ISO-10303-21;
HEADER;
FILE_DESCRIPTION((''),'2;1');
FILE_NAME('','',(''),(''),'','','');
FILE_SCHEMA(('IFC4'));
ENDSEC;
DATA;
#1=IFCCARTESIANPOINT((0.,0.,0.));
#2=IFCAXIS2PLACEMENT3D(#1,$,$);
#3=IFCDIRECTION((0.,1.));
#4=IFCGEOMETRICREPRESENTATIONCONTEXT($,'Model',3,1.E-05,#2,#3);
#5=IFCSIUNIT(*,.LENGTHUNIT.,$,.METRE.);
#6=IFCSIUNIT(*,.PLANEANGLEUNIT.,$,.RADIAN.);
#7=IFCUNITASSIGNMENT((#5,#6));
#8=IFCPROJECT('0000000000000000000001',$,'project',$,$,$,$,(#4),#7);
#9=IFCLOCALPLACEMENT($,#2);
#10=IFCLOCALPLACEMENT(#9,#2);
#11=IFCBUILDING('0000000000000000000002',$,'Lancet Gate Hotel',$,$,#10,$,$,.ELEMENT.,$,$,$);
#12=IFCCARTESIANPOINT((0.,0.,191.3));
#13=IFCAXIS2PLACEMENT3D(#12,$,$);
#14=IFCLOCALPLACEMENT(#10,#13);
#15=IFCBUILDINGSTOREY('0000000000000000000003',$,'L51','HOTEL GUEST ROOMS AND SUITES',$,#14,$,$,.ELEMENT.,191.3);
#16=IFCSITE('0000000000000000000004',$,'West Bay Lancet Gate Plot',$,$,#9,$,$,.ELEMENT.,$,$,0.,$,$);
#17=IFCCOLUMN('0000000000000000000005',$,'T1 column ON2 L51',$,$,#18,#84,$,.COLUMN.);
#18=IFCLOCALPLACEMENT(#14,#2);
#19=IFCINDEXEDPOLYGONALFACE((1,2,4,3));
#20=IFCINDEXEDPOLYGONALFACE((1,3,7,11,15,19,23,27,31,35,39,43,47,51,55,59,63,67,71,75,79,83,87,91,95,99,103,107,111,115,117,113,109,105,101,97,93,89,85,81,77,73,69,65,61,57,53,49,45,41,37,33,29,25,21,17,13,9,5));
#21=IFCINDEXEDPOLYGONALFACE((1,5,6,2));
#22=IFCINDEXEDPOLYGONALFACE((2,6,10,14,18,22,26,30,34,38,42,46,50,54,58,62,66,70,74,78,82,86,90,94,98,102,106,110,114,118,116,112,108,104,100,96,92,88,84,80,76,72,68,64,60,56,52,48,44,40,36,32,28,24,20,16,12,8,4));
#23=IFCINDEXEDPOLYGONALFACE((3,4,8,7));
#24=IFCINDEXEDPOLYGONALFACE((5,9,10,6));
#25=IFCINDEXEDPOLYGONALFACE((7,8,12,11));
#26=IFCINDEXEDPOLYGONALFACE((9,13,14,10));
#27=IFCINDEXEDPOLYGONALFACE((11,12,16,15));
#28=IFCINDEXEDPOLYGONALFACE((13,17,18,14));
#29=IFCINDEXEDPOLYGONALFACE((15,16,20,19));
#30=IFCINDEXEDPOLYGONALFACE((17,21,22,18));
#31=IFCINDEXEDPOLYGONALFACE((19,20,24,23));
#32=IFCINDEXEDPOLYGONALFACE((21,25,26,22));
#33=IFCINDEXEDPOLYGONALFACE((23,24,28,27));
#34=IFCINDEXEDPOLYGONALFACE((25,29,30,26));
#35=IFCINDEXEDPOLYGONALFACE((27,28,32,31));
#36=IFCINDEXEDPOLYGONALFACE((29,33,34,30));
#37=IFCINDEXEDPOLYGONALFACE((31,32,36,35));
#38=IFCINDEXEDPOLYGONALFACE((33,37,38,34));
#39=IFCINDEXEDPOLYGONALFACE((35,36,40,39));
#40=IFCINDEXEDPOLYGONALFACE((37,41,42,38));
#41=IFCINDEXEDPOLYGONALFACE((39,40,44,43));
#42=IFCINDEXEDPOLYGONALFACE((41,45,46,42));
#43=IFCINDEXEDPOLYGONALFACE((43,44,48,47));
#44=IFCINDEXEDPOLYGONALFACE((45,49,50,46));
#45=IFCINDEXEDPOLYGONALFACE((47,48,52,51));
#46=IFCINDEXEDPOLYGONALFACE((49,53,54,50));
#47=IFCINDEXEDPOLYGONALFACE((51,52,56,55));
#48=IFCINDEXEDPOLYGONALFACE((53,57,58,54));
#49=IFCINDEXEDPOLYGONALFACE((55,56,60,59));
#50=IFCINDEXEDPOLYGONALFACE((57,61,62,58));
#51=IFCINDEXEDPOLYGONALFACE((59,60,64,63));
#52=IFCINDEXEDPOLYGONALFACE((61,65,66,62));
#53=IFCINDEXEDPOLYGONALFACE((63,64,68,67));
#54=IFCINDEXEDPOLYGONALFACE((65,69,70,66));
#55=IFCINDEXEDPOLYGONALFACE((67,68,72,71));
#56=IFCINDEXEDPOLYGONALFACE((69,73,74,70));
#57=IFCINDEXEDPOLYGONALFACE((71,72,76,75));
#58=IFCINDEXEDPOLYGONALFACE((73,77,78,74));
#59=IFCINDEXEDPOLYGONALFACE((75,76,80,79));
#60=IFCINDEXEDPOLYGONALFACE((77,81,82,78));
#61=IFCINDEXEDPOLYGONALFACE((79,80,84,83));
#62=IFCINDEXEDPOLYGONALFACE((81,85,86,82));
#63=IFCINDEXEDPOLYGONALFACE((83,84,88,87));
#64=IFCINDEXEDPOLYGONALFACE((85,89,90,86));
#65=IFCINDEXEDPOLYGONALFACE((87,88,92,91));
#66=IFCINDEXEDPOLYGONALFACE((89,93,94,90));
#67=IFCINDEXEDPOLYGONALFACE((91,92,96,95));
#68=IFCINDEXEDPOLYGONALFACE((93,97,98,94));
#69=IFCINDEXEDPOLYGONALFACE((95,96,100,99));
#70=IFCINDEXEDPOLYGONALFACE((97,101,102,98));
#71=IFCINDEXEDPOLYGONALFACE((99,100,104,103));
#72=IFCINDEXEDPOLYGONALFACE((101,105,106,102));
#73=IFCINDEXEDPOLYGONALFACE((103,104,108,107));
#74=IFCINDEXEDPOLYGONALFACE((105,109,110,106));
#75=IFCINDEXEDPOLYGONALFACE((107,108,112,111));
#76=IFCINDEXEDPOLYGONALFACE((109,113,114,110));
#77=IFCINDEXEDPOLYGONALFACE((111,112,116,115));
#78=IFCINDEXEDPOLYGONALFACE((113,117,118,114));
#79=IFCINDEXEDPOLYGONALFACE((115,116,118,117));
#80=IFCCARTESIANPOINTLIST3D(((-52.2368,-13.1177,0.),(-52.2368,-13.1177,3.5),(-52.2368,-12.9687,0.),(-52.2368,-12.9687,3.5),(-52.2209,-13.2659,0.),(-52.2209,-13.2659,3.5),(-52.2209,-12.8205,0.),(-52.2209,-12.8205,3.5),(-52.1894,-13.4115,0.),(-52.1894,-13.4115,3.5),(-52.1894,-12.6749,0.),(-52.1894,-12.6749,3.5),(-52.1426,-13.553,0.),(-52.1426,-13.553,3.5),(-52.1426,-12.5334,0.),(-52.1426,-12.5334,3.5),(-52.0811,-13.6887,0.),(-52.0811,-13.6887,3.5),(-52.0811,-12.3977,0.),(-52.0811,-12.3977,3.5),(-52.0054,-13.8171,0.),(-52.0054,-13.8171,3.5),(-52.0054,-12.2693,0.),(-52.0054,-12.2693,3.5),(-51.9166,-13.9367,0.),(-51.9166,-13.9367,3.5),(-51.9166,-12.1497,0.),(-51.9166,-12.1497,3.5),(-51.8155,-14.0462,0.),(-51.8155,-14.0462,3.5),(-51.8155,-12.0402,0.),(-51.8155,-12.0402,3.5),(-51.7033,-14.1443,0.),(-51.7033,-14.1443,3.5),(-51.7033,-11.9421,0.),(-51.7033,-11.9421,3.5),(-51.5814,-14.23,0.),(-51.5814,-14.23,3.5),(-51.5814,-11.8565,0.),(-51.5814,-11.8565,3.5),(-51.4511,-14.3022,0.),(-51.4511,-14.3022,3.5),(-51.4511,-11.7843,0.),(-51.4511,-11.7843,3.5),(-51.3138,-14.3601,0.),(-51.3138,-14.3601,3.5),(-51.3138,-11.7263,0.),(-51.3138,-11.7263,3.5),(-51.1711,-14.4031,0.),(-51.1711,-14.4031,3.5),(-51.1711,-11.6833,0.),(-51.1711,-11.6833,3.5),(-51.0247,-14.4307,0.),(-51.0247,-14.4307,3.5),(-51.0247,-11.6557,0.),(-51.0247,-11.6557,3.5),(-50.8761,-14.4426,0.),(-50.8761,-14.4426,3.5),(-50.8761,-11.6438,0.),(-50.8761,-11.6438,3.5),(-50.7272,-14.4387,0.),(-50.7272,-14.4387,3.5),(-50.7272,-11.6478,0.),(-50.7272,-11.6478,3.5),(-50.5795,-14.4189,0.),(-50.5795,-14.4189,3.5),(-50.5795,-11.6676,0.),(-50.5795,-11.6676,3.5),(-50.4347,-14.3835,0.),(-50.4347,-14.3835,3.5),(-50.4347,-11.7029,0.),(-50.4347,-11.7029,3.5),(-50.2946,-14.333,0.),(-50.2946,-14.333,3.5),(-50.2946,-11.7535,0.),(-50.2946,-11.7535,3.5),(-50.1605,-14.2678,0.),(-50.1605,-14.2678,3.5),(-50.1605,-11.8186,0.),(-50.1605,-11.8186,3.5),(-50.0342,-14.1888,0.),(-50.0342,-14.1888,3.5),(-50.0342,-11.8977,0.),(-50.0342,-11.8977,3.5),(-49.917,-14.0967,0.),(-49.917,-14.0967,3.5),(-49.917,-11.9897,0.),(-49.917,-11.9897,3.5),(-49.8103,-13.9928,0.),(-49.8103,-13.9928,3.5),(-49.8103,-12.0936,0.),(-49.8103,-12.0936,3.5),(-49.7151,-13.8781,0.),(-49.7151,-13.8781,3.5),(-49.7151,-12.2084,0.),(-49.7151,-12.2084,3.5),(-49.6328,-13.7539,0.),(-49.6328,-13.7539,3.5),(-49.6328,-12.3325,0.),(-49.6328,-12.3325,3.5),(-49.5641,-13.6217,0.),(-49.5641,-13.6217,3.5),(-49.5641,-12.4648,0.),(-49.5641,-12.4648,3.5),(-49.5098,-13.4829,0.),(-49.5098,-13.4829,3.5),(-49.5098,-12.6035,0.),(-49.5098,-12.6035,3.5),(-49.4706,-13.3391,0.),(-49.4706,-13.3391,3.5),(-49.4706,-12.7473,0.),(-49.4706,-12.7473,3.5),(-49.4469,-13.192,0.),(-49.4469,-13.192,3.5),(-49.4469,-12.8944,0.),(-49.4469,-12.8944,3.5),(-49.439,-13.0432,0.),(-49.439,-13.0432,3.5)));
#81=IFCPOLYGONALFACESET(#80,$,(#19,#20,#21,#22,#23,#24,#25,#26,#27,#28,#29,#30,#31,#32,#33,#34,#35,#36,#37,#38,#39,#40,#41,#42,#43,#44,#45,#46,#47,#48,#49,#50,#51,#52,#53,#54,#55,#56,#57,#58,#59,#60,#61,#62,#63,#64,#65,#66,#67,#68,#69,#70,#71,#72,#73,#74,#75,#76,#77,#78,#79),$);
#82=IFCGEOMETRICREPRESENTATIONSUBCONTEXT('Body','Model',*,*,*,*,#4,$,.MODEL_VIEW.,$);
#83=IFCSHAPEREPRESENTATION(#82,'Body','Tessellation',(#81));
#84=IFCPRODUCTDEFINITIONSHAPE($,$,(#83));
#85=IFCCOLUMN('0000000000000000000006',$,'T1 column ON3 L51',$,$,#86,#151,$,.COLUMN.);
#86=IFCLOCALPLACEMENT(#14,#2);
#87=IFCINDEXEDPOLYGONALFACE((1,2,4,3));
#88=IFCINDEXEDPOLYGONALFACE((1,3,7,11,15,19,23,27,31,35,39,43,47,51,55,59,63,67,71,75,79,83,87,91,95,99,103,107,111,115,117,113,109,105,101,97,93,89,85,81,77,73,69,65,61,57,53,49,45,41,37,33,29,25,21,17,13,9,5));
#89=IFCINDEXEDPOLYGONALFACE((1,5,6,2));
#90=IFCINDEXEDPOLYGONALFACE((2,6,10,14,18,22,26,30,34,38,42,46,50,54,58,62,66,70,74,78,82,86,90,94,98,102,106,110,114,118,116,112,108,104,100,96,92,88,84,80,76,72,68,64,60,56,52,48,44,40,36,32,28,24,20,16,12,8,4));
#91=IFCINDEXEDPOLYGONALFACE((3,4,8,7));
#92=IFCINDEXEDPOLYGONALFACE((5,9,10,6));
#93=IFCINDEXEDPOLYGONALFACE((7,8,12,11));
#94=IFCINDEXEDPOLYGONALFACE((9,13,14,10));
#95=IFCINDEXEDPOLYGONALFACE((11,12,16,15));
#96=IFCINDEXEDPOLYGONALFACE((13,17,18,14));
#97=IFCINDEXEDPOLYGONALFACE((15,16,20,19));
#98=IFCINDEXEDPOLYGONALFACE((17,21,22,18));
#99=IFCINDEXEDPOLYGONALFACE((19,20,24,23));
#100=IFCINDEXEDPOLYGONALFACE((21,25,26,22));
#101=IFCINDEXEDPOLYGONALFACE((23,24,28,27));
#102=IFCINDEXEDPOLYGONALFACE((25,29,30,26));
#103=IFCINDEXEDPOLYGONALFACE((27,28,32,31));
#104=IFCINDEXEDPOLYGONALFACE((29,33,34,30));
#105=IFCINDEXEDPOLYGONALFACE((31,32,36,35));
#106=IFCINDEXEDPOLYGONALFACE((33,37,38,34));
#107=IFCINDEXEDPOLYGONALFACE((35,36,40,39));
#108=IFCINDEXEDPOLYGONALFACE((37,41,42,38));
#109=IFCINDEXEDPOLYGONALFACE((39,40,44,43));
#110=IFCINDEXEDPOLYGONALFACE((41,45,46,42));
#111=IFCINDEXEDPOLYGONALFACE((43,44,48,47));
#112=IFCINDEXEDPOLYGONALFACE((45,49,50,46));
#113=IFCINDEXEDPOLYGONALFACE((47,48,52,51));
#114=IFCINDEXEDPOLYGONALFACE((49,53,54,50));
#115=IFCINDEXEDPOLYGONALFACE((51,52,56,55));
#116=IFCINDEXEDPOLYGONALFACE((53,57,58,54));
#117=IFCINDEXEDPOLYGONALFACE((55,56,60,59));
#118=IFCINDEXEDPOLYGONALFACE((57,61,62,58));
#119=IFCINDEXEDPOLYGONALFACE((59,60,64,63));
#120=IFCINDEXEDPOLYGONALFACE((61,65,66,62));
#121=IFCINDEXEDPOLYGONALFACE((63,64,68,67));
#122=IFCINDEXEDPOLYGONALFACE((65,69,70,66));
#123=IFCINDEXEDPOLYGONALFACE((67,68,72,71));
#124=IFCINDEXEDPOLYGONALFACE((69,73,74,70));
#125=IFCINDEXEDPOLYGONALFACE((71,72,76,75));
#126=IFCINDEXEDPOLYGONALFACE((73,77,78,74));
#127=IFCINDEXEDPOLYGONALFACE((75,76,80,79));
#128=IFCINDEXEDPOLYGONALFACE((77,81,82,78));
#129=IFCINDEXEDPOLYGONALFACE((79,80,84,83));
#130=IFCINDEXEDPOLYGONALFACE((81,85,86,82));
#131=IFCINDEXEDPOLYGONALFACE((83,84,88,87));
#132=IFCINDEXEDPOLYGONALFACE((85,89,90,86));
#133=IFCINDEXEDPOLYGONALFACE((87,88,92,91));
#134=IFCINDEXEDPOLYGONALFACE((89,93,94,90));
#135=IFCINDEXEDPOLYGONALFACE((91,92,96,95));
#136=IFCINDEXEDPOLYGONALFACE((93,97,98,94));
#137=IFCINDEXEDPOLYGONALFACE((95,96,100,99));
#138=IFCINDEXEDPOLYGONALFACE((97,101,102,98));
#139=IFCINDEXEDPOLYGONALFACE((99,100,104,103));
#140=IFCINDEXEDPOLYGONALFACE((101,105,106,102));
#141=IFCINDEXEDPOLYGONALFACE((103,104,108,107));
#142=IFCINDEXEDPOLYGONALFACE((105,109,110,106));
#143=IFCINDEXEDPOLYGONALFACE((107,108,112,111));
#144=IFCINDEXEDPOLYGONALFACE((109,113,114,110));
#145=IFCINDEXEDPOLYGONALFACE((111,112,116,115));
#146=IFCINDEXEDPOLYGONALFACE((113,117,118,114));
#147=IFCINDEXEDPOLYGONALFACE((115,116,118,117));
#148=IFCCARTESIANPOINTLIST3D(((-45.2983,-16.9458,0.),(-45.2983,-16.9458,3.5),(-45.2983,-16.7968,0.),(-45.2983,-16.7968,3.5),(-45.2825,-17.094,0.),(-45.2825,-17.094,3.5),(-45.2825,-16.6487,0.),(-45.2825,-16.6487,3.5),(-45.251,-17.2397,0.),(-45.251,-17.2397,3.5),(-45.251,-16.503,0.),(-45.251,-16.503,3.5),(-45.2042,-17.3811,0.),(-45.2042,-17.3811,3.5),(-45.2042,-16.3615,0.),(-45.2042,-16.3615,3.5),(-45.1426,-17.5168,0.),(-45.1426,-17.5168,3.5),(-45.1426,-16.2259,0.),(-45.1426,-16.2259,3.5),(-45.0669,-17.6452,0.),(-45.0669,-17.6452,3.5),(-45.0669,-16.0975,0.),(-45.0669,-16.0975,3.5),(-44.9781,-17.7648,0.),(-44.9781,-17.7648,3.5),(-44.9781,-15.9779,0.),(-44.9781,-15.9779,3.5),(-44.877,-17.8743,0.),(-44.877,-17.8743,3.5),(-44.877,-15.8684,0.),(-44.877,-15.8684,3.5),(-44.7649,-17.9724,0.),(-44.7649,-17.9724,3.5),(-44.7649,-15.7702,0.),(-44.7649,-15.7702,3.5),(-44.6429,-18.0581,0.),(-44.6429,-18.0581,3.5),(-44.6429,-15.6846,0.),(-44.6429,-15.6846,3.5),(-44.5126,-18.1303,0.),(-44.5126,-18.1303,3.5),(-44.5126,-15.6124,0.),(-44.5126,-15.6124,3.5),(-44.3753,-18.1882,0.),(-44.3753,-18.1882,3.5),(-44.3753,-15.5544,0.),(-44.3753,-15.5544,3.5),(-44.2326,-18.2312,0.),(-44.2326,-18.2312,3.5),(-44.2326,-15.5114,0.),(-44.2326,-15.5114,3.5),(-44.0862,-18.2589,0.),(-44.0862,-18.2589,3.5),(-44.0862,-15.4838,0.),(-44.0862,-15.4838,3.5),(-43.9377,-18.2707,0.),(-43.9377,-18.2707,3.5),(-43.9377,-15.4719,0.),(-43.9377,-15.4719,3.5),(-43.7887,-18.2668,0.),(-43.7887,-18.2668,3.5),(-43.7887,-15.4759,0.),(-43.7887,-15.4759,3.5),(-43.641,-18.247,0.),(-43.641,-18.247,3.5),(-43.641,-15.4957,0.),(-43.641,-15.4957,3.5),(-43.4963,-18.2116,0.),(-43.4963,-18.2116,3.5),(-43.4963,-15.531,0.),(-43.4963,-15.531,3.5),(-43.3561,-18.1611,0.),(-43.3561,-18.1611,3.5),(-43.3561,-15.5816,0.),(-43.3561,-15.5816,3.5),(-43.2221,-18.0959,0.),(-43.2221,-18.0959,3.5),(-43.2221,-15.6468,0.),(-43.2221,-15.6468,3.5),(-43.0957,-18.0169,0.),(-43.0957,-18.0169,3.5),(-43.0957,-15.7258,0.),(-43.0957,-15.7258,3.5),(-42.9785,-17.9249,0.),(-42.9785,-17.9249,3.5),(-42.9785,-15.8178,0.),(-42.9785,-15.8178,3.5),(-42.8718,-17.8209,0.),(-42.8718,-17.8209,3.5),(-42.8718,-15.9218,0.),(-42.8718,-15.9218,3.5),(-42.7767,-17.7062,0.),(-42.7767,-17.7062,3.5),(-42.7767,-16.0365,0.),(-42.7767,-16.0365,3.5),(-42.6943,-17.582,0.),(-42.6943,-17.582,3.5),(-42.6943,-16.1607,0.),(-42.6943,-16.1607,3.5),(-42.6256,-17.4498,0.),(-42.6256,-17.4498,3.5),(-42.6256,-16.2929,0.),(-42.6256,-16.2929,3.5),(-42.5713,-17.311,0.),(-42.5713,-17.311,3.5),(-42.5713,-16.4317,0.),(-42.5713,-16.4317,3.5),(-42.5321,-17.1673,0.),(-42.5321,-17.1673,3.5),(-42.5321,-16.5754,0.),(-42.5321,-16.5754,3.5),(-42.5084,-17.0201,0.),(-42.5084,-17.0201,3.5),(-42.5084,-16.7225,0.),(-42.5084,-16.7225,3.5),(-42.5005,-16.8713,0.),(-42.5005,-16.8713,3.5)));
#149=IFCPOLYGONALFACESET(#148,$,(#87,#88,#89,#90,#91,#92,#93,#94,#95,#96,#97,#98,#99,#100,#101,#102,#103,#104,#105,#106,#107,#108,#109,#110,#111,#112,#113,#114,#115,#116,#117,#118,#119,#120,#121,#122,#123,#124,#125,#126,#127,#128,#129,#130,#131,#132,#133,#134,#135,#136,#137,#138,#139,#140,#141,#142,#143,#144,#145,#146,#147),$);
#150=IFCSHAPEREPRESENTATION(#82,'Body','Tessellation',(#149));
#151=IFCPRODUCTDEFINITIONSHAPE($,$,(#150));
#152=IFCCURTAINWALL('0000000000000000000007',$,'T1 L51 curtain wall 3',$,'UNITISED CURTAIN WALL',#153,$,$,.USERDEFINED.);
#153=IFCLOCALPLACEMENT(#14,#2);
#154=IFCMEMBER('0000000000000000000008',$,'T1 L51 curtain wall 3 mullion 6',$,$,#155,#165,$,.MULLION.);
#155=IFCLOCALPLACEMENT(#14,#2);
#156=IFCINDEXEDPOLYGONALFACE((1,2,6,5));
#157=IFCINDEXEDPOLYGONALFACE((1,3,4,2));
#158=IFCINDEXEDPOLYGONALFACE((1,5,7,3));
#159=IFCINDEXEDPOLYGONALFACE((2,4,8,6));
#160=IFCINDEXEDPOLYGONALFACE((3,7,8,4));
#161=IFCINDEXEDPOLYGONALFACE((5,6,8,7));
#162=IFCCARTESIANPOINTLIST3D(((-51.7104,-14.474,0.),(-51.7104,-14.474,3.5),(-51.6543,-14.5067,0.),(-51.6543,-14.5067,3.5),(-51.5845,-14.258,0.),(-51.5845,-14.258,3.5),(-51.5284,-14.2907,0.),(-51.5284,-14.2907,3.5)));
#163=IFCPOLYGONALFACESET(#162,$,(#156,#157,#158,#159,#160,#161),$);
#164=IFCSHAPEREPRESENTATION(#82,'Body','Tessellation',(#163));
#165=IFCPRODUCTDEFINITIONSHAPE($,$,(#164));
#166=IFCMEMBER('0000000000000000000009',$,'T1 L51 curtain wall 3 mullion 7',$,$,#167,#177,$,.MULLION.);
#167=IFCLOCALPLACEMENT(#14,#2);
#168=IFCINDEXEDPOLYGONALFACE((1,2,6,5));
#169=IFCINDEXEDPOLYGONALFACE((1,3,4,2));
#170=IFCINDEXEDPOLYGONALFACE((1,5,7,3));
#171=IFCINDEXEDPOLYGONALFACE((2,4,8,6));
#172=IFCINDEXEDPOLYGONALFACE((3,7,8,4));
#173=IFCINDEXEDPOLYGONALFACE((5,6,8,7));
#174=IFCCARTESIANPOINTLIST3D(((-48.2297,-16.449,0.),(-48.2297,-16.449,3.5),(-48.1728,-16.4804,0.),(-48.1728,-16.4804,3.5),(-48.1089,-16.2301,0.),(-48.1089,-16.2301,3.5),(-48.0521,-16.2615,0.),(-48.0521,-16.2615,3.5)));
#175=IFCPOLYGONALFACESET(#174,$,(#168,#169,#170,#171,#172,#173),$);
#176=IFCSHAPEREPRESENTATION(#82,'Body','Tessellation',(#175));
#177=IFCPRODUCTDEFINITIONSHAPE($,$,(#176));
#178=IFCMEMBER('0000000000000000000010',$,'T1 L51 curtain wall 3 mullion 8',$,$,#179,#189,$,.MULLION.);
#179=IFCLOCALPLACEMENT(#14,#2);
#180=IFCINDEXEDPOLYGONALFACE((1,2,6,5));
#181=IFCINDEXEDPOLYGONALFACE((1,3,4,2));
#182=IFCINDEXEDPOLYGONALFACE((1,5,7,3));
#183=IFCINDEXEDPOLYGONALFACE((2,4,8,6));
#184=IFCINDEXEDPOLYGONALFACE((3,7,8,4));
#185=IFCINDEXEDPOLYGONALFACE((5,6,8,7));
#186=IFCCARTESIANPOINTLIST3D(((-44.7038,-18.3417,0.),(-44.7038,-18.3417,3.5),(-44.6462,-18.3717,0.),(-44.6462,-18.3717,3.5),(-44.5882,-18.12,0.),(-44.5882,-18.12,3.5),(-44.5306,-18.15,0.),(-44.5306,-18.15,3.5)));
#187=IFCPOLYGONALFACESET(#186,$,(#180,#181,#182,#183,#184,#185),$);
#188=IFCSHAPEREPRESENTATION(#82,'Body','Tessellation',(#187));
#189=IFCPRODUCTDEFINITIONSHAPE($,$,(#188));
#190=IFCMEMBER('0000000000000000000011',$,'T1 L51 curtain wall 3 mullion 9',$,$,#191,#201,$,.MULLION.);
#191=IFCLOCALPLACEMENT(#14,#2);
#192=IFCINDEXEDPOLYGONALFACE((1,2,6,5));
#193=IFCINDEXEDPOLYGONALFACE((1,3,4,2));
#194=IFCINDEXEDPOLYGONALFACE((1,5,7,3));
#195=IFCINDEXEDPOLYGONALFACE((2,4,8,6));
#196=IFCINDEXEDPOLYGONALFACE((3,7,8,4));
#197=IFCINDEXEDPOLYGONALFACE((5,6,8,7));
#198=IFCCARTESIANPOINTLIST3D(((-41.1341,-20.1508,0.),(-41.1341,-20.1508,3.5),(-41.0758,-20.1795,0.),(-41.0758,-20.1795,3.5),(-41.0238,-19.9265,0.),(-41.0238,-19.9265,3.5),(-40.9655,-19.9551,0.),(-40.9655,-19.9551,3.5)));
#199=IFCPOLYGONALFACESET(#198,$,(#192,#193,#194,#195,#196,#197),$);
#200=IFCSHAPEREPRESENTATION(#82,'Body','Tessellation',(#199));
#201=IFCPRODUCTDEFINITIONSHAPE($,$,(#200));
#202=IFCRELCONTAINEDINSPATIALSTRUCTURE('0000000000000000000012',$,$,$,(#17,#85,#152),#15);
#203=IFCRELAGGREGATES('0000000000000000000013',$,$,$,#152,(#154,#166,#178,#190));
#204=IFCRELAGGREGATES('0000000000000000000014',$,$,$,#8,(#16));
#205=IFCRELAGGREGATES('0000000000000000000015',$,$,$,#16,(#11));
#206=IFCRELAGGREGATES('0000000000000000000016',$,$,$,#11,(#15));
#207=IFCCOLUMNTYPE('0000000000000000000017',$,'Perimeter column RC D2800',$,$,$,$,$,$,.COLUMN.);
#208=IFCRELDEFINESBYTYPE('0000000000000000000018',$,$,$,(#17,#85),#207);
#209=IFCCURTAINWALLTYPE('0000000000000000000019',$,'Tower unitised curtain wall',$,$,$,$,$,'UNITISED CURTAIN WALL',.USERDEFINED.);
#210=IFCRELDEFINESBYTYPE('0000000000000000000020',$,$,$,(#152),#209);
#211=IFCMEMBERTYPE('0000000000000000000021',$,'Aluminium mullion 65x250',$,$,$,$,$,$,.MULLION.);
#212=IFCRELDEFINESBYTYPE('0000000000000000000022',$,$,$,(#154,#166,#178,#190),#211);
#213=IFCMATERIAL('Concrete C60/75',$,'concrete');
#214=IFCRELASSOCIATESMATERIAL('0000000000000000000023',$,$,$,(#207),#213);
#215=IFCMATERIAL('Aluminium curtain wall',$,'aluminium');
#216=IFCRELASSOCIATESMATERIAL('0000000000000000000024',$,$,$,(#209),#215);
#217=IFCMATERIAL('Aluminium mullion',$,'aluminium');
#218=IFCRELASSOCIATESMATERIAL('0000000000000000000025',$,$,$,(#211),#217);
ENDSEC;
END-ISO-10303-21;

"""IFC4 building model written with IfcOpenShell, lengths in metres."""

from ifc_helpers import new_model, si_unit, direction, frame, origin, origin_2d, place, context, subcontext, project, spatial, rectangle, circle, extrude, material, material_profile, profile_set, type_object, element, aggregate, save


model = new_model("IFC4")

# Units and contexts
model_context = context("Model", 3, precision=1e-05, world=origin(), true_north=direction((0.0, 1.0)))
body_context = subcontext(model_context, "Body", "Model", "MODEL_VIEW")
ifc_project = project(units=[si_unit("LENGTHUNIT", "METRE"), si_unit("PLANEANGLEUNIT", "RADIAN")], contexts=[model_context])

# Site, building, storey
site_placement = place(None, origin())
site = spatial("IfcSite", under=ifc_project, at=site_placement, Name="West Bay Lancet Gate Plot", CompositionType="ELEMENT", RefElevation=0.0)
building_placement = place(site_placement, origin())
building = spatial("IfcBuilding", under=site, at=building_placement, Name="Lancet Gate Hotel", CompositionType="ELEMENT")
storey_placement = place(building_placement, frame((0.0, 0.0, 191.3)))
storey = spatial("IfcBuildingStorey", under=building, at=storey_placement, Name="L51", Description="HOTEL GUEST ROOMS AND SUITES", CompositionType="ELEMENT", Elevation=191.3)

# Columns
ifc_material_1 = material(Name="Concrete C60/75", Category="concrete")
ifc_material_profile_1 = material_profile(ifc_material_1, circle(Radius=1.3999, at=origin_2d()), Name="RC D2800")
ifc_profile_set_1 = profile_set([ifc_material_profile_1], Name="Concrete C60/75")
column_type = type_object("IfcColumnType", Name="Perimeter column RC D2800", PredefinedType="COLUMN", material=ifc_profile_set_1)
for number, where, z_axis, x_axis, name in (
    (1, (-50.8389, -13.0432, 0.0), (0.0, 0.0, 1.0), (1.0, 0.0, 0.0), "T1 column ON2 L51"),
    (2, (-43.9004, -16.8713, 0.0), (0.0, 0.0, 1.0), (1.0, 0.0, 0.0), "T1 column ON3 L51"),
):
    element("IfcColumn", number, at=place(storey_placement, frame(where, z_axis=z_axis, x_axis=x_axis)), inside=storey, type_object=column_type, Name=name, PredefinedType="COLUMN", context=body_context, shape_type="SweptSolid", body=[
        extrude(circle(Radius=1.3999, at=origin_2d()), origin(), (0.0, 0.0, 1.0), 3.5),
    ])

# Curtain wall, members
ifc_material_2 = material(Name="Aluminium curtain wall", Category="aluminium")
curtain_wall_type = type_object("IfcCurtainWallType", Name="Tower unitised curtain wall", ElementType="UNITISED CURTAIN WALL", PredefinedType="USERDEFINED", material=ifc_material_2)
curtain_wall_placement = place(storey_placement, origin())
curtain_wall = element("IfcCurtainWall", 3, at=curtain_wall_placement, inside=storey, type_object=curtain_wall_type, Name="T1 L51 curtain wall 3", ObjectType="UNITISED CURTAIN WALL", PredefinedType="USERDEFINED")
ifc_material_3 = material(Name="Aluminium mullion", Category="aluminium")
ifc_material_profile_2 = material_profile(ifc_material_3, rectangle(XDim=0.0649, YDim=0.25, at=origin_2d()), Name="MULLION 65x250")
ifc_profile_set_2 = profile_set([ifc_material_profile_2], Name="Aluminium mullion")
member_type_1 = type_object("IfcMemberType", Name="Aluminium mullion 65x250", PredefinedType="MULLION", material=ifc_profile_set_2)
member_1_placement = place(storey_placement, frame((-51.6194, -14.3823, 0.0), z_axis=(0.0, 0.0, 1.0), x_axis=(0.863969, -0.503545, 0.0)))
member_1 = element("IfcMember", 4, at=member_1_placement, type_object=member_type_1, Name="T1 L51 curtain wall 3 mullion 6", PredefinedType="MULLION", context=body_context, shape_type="SweptSolid", body=[
    extrude(rectangle(XDim=0.0649, YDim=0.25, at=origin_2d()), origin(), (0.0, 0.0, 1.0), 3.5),
])
member_2_placement = place(storey_placement, frame((-48.1409, -16.3552, 0.0), z_axis=(0.0, 0.0, 1.0), x_axis=(0.875574, -0.483084, 0.0)))
member_2 = element("IfcMember", 5, at=member_2_placement, type_object=member_type_1, Name="T1 L51 curtain wall 3 mullion 7", PredefinedType="MULLION", context=body_context, shape_type="SweptSolid", body=[
    extrude(rectangle(XDim=0.0649, YDim=0.25, at=origin_2d()), origin(), (0.0, 0.0, 1.0), 3.5),
])
member_3_placement = place(storey_placement, frame((-44.6172, -18.2458, 0.0), z_axis=(0.0, 0.0, 1.0), x_axis=(0.886694, -0.462356, 0.0)))
member_3 = element("IfcMember", 6, at=member_3_placement, type_object=member_type_1, Name="T1 L51 curtain wall 3 mullion 8", PredefinedType="MULLION", context=body_context, shape_type="SweptSolid", body=[
    extrude(rectangle(XDim=0.0649, YDim=0.25, at=origin_2d()), origin(), (0.0, 0.0, 1.0), 3.5),
])
member_4_placement = place(storey_placement, frame((-41.0498, -20.053, 0.0), z_axis=(0.0, 0.0, 1.0), x_axis=(0.897324, -0.441372, 0.0)))
member_4 = element("IfcMember", 7, at=member_4_placement, type_object=member_type_1, Name="T1 L51 curtain wall 3 mullion 9", PredefinedType="MULLION", context=body_context, shape_type="SweptSolid", body=[
    extrude(rectangle(XDim=0.0649, YDim=0.25, at=origin_2d()), origin(), (0.0, 0.0, 1.0), 3.5),
])

aggregate(curtain_wall, [member_1, member_2, member_3, member_4])

save(model, "model.ifc")
